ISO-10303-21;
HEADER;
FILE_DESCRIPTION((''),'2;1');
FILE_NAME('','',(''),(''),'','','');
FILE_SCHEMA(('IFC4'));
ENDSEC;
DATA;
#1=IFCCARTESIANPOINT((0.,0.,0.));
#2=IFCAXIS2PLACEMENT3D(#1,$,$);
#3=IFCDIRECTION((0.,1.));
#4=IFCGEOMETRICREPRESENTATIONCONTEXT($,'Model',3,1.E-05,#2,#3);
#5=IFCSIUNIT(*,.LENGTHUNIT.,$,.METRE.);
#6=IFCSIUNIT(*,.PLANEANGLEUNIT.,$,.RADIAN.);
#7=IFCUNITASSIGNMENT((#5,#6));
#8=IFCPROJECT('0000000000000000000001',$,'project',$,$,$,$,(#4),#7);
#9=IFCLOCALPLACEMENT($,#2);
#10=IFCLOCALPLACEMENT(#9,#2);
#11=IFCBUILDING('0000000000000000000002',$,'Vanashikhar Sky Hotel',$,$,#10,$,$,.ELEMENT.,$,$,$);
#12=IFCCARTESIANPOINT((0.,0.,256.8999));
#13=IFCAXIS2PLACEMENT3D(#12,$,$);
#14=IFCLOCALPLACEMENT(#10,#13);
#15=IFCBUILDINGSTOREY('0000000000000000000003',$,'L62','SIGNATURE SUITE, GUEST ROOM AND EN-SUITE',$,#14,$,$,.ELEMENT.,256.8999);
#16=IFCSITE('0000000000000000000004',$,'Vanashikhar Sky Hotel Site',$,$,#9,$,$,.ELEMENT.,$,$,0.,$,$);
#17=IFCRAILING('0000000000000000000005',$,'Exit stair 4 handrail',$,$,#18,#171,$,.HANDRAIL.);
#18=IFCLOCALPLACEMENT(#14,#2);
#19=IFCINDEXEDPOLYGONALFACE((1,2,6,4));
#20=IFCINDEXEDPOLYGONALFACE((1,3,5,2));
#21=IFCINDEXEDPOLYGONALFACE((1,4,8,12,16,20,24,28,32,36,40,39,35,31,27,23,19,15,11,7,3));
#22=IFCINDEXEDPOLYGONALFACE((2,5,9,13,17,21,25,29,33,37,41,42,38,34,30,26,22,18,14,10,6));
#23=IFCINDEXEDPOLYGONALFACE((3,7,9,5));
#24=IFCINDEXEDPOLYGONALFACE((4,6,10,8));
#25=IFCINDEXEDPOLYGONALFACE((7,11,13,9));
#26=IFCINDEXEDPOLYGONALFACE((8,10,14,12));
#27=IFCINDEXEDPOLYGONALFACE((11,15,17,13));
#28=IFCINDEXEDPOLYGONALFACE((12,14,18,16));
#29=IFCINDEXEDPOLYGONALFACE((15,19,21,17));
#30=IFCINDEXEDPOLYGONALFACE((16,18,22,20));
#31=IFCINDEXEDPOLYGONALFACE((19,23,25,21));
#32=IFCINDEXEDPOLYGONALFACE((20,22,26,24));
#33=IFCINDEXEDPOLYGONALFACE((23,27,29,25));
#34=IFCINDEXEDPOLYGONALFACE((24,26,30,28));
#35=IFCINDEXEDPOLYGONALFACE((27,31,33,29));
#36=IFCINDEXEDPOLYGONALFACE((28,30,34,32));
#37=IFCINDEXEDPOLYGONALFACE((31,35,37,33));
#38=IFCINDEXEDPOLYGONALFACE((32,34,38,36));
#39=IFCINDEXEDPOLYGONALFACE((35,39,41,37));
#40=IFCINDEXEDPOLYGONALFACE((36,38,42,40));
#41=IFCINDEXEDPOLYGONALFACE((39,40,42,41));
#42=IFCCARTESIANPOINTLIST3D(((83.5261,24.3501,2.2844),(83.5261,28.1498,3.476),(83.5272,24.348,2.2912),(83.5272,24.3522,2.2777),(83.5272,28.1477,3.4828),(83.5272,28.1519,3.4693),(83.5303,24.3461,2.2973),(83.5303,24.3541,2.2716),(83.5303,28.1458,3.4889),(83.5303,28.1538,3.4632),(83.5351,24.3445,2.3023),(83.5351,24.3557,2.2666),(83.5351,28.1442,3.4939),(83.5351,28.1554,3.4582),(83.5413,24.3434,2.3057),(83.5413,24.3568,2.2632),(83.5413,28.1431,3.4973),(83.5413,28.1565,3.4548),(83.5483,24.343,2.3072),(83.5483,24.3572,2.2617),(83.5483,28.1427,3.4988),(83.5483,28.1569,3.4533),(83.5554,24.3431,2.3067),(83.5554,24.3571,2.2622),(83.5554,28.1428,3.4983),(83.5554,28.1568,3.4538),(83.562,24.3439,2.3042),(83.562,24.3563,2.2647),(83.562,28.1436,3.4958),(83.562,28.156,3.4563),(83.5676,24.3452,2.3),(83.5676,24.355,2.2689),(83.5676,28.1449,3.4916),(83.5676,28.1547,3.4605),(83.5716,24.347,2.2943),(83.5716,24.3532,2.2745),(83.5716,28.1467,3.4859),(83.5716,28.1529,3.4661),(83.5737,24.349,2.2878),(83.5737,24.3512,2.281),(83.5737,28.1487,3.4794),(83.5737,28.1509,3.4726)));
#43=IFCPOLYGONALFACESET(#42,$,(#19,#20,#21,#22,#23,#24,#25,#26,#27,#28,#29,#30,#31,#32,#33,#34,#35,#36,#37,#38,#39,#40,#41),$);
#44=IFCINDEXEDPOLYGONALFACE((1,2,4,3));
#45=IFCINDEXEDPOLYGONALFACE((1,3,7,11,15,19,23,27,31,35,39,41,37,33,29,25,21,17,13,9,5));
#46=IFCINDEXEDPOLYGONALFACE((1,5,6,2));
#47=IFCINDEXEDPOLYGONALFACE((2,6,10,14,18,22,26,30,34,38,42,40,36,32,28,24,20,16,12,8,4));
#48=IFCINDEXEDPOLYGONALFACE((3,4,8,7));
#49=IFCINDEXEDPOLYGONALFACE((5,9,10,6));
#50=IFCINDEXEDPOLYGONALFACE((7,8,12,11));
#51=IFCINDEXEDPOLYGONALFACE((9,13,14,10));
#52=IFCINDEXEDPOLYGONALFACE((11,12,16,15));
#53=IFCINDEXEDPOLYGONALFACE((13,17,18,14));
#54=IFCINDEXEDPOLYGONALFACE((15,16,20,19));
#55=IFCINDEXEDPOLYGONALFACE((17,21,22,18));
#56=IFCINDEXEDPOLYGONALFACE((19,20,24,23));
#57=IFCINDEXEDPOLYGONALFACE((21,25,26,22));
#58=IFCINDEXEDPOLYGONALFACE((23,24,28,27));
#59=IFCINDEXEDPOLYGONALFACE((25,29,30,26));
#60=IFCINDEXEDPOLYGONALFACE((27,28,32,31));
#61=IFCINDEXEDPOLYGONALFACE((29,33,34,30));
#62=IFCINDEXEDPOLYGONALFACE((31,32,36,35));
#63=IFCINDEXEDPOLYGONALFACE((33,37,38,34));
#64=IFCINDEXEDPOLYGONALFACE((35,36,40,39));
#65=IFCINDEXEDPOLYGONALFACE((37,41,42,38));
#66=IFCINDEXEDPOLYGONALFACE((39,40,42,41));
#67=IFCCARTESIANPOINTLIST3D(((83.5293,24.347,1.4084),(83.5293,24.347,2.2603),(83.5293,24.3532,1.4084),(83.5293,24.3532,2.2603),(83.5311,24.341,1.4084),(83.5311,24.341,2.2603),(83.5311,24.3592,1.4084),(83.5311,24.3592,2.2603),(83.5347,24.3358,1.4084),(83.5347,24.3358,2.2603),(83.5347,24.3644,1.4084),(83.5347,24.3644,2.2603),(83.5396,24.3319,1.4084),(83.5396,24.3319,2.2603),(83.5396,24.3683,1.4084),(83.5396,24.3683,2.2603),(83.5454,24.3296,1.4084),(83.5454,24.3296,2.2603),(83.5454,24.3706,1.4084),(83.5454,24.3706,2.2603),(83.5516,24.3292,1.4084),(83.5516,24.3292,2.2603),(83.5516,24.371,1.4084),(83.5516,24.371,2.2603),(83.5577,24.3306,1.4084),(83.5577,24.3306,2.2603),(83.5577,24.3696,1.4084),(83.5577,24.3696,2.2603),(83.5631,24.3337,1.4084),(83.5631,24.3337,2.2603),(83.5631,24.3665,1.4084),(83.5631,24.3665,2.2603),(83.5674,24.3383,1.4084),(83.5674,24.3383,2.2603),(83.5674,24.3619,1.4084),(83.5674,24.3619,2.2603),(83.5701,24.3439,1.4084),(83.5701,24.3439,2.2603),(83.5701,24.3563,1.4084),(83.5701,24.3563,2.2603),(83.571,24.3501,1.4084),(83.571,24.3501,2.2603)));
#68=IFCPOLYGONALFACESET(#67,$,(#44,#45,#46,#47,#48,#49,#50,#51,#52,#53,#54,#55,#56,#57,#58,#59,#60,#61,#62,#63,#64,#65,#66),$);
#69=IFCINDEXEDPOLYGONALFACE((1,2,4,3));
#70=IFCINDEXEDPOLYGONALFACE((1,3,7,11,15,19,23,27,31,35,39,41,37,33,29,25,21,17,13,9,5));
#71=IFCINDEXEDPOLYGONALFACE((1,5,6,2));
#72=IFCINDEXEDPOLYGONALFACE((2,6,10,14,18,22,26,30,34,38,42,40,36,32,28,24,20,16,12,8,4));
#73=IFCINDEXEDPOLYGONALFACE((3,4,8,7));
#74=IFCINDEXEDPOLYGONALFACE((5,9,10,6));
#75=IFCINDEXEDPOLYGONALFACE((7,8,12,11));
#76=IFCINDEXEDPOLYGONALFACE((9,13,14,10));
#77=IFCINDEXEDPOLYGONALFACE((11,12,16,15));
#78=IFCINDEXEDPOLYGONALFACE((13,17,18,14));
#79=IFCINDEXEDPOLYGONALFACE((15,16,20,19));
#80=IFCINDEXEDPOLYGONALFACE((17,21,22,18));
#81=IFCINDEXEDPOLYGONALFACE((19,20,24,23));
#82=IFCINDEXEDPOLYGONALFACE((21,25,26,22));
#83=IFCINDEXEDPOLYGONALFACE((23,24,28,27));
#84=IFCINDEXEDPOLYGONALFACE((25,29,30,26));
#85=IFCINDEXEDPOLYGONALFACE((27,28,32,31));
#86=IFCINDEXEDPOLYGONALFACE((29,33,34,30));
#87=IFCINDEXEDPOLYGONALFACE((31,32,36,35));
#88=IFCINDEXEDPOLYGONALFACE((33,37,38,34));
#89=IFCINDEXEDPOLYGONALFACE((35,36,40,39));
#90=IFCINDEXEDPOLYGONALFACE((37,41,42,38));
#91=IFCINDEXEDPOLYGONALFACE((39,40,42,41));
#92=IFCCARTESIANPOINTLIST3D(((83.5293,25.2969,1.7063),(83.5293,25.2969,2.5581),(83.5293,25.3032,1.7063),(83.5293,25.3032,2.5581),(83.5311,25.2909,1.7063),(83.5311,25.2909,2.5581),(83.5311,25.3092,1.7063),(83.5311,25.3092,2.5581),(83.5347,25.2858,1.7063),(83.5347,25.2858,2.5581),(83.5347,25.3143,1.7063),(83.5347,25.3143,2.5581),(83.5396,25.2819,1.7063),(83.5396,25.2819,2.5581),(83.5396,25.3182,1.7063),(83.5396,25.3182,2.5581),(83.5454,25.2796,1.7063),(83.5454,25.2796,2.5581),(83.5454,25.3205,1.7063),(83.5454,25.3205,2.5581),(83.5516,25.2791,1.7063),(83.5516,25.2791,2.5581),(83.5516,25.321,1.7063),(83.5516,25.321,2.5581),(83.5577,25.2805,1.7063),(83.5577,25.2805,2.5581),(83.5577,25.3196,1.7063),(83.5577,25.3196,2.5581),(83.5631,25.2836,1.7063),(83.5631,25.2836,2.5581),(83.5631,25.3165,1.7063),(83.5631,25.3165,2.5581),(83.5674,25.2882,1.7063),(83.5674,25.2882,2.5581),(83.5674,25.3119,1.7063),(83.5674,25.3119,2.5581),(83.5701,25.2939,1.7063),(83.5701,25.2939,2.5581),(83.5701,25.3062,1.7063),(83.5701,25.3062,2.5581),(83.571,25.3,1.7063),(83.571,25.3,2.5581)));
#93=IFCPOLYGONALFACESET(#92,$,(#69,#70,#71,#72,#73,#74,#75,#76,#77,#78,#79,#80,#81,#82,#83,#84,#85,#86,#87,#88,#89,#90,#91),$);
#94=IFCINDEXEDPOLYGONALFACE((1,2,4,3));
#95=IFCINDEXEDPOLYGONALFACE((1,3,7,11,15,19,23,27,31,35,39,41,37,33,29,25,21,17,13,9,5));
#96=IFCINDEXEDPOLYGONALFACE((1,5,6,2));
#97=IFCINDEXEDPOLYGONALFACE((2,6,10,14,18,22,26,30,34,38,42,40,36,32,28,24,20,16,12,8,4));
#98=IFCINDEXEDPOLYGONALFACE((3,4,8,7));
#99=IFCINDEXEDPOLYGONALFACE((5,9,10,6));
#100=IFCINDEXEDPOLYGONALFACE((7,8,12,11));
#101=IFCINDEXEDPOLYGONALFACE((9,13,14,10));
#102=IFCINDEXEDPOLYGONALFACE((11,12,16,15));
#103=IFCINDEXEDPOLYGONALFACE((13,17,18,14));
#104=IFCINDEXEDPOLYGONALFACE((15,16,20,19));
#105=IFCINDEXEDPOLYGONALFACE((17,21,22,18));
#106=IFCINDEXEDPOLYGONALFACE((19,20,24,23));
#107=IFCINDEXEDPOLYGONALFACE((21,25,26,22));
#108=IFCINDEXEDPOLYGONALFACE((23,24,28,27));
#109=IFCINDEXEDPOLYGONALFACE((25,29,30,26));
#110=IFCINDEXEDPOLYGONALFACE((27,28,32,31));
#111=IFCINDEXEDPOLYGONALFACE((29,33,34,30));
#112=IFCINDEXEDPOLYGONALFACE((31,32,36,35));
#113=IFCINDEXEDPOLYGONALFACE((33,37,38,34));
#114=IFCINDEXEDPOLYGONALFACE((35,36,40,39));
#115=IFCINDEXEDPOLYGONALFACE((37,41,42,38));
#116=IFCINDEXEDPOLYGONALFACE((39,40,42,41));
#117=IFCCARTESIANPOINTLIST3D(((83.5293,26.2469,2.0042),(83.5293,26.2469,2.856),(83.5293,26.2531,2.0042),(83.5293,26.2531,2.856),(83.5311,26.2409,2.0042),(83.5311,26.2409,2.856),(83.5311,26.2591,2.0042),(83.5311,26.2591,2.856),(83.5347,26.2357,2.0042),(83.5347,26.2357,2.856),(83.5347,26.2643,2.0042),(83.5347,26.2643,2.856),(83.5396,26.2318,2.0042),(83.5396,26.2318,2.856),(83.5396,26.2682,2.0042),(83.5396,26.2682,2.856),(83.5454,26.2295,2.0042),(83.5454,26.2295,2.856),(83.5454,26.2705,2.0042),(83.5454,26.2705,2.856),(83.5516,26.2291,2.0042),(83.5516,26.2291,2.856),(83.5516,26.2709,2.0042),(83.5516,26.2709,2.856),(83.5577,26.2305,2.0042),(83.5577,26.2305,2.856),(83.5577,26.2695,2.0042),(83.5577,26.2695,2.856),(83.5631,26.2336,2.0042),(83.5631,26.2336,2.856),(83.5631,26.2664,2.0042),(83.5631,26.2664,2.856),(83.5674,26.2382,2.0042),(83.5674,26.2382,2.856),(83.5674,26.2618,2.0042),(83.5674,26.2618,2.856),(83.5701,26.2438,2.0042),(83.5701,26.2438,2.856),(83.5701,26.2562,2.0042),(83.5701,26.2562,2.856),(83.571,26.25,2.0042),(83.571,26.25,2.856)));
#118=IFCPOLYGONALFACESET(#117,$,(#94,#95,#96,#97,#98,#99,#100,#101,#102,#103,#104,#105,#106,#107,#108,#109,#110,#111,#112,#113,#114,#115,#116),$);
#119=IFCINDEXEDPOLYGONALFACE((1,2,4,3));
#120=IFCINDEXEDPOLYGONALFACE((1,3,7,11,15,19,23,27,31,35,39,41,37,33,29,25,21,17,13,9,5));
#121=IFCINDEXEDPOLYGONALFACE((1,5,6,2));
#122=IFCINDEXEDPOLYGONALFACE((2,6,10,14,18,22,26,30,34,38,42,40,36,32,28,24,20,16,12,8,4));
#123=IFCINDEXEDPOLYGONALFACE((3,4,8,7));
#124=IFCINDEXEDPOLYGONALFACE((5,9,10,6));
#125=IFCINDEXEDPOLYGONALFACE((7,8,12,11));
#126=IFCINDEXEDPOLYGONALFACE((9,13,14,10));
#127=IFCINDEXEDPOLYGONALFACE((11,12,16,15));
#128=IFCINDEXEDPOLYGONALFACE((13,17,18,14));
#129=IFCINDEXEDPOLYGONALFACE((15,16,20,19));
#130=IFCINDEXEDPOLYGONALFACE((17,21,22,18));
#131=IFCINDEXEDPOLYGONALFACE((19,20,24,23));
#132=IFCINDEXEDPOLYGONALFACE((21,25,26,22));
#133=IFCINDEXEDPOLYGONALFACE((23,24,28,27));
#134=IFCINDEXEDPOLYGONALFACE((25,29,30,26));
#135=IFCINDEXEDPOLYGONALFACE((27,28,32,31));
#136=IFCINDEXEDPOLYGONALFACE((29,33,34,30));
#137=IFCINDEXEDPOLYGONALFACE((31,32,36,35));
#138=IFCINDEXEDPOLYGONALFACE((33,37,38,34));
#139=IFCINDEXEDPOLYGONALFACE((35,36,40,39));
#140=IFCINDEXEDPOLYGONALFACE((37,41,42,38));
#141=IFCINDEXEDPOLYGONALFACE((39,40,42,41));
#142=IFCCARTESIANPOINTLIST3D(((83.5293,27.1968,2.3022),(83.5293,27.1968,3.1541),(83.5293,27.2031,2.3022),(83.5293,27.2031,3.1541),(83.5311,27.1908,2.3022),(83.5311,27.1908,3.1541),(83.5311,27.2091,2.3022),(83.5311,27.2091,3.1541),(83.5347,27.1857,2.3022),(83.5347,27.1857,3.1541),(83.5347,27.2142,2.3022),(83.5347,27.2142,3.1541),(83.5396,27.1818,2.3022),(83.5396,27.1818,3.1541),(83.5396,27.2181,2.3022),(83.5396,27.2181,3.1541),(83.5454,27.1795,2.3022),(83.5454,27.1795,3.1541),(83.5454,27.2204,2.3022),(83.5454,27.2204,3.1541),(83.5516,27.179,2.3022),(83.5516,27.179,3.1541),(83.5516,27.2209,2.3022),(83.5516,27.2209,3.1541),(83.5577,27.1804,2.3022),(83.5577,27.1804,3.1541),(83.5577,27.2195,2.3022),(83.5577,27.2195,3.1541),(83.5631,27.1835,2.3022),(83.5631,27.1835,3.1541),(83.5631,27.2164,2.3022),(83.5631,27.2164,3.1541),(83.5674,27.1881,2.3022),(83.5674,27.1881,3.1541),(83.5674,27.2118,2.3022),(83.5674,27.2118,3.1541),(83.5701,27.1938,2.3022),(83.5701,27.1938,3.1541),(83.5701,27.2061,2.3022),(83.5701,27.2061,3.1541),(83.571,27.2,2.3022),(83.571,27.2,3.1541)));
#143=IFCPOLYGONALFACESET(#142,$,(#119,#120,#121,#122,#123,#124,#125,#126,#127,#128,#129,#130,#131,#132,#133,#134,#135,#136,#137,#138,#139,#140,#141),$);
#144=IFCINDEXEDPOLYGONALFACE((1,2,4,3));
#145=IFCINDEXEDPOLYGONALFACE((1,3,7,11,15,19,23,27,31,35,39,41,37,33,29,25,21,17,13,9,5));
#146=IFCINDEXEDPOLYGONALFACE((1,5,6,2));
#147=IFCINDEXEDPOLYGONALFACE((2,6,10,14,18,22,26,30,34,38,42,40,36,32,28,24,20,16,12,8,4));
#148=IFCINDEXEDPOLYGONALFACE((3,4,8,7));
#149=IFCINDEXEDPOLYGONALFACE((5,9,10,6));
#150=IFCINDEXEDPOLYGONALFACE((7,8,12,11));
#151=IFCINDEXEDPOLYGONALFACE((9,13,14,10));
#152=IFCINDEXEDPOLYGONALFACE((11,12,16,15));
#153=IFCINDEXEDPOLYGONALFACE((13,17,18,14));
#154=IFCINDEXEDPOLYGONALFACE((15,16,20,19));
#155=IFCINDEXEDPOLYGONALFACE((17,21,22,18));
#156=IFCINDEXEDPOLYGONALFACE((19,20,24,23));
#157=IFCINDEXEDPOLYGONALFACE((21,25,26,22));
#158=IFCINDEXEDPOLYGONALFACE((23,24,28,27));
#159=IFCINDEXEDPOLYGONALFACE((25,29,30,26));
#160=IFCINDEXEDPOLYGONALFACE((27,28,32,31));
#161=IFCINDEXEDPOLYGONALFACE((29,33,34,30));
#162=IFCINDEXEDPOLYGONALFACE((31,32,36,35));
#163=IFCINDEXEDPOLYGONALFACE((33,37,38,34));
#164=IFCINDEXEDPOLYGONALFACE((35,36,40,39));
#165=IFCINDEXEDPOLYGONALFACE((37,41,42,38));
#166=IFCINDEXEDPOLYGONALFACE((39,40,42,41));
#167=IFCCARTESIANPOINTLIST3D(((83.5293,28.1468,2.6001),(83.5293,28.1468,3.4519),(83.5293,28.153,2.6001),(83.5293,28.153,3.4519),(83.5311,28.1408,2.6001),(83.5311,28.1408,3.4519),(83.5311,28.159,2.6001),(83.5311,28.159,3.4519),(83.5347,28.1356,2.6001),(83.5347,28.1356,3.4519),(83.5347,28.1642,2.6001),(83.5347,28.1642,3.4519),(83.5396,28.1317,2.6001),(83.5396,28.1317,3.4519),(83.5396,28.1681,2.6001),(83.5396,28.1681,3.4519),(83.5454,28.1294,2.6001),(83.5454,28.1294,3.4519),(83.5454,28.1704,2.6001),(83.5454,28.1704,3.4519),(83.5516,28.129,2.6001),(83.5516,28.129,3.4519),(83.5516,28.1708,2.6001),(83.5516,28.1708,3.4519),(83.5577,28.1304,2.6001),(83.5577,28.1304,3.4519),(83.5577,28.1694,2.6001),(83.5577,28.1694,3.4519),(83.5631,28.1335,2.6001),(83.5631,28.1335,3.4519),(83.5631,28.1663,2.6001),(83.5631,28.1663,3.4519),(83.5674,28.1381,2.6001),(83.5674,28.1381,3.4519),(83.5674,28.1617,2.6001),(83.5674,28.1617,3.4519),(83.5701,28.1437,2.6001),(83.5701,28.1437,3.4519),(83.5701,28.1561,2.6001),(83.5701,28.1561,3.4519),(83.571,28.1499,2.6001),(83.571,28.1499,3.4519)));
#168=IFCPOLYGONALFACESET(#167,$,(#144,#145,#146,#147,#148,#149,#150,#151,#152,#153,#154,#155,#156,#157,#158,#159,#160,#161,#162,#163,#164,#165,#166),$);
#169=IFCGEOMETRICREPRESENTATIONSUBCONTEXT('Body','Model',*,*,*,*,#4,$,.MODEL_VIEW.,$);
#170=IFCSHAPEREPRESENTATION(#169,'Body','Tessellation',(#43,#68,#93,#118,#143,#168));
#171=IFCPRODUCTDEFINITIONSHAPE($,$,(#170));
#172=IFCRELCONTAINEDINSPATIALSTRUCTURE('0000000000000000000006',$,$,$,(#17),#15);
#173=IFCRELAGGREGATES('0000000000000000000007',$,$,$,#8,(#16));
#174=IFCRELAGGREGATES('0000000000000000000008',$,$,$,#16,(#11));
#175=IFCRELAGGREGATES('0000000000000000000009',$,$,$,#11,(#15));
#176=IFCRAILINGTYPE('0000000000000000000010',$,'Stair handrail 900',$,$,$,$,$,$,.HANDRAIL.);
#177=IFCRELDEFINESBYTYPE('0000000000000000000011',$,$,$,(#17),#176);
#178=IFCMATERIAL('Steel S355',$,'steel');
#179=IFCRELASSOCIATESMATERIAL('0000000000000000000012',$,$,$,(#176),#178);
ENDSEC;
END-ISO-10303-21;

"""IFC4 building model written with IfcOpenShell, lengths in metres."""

from ifc_helpers import new_model, si_unit, direction, frame, origin, origin_2d, place, context, subcontext, project, spatial, circle, extrude, source, transform, mapped, material, type_object, element, save


model = new_model("IFC4")

# Units and contexts
model_context = context("Model", 3, precision=1e-05, world=origin(), true_north=direction((0.0, 1.0)))
body_context = subcontext(model_context, "Body", "Model", "MODEL_VIEW")
ifc_project = project(units=[si_unit("LENGTHUNIT", "METRE"), si_unit("PLANEANGLEUNIT", "RADIAN")], contexts=[model_context])

# Site, building, storey
site_placement = place(None, origin())
site = spatial("IfcSite", under=ifc_project, at=site_placement, Name="Vanashikhar Sky Hotel Site", CompositionType="ELEMENT", RefElevation=0.0)
building_placement = place(site_placement, origin())
building = spatial("IfcBuilding", under=site, at=building_placement, Name="Vanashikhar Sky Hotel", CompositionType="ELEMENT")
storey_placement = place(building_placement, frame((0.0, 0.0, 256.8999)))
storey = spatial("IfcBuildingStorey", under=building, at=storey_placement, Name="L62", Description="SIGNATURE SUITE, GUEST ROOM AND EN-SUITE", CompositionType="ELEMENT", Elevation=256.8999)

# Railing
ifc_material_1 = material(Name="Steel S355", Category="steel")
railing_type_1 = type_object("IfcRailingType", Name="Stair handrail 900", PredefinedType="HANDRAIL", material=ifc_material_1)
shared_shape_1 = source(origin(), body_context, "Body", "SweptSolid", [
    extrude(circle(Radius=0.0239, at=origin_2d()), frame((0.0, 0.0, 0.876), z_axis=(0.0, 0.954178, 0.299238), x_axis=(-1.0, 0.0, 0.0)), (0.0, 0.0, 1.0), 3.9822),
    extrude(circle(Radius=0.021, at=origin_2d()), origin(), (0.0, 0.0, 1.0), 0.8518),
    extrude(circle(Radius=0.021, at=origin_2d()), frame((0.0, 0.95, 0.2979)), (0.0, 0.0, 1.0), 0.8518),
    extrude(circle(Radius=0.021, at=origin_2d()), frame((0.0, 1.8999, 0.5957)), (0.0, 0.0, 1.0), 0.8518),
    extrude(circle(Radius=0.021, at=origin_2d()), frame((0.0, 2.8499, 0.8938)), (0.0, 0.0, 1.0), 0.8518),
    extrude(circle(Radius=0.021, at=origin_2d()), frame((0.0, 3.7998, 1.1917)), (0.0, 0.0, 1.0), 0.8518),
])
railing_1_placement = place(storey_placement, frame((83.55, 24.3501, 1.4084)))
element("IfcRailing", 1, at=railing_1_placement, inside=storey, type_object=railing_type_1, Name="Exit stair 4 handrail", PredefinedType="HANDRAIL", context=body_context, shape_type="MappedRepresentation", body=[
    mapped(shared_shape_1, transform((0.0, 0.0, 0.0), scale=1.0)),
])

save(model, "model.ifc")
